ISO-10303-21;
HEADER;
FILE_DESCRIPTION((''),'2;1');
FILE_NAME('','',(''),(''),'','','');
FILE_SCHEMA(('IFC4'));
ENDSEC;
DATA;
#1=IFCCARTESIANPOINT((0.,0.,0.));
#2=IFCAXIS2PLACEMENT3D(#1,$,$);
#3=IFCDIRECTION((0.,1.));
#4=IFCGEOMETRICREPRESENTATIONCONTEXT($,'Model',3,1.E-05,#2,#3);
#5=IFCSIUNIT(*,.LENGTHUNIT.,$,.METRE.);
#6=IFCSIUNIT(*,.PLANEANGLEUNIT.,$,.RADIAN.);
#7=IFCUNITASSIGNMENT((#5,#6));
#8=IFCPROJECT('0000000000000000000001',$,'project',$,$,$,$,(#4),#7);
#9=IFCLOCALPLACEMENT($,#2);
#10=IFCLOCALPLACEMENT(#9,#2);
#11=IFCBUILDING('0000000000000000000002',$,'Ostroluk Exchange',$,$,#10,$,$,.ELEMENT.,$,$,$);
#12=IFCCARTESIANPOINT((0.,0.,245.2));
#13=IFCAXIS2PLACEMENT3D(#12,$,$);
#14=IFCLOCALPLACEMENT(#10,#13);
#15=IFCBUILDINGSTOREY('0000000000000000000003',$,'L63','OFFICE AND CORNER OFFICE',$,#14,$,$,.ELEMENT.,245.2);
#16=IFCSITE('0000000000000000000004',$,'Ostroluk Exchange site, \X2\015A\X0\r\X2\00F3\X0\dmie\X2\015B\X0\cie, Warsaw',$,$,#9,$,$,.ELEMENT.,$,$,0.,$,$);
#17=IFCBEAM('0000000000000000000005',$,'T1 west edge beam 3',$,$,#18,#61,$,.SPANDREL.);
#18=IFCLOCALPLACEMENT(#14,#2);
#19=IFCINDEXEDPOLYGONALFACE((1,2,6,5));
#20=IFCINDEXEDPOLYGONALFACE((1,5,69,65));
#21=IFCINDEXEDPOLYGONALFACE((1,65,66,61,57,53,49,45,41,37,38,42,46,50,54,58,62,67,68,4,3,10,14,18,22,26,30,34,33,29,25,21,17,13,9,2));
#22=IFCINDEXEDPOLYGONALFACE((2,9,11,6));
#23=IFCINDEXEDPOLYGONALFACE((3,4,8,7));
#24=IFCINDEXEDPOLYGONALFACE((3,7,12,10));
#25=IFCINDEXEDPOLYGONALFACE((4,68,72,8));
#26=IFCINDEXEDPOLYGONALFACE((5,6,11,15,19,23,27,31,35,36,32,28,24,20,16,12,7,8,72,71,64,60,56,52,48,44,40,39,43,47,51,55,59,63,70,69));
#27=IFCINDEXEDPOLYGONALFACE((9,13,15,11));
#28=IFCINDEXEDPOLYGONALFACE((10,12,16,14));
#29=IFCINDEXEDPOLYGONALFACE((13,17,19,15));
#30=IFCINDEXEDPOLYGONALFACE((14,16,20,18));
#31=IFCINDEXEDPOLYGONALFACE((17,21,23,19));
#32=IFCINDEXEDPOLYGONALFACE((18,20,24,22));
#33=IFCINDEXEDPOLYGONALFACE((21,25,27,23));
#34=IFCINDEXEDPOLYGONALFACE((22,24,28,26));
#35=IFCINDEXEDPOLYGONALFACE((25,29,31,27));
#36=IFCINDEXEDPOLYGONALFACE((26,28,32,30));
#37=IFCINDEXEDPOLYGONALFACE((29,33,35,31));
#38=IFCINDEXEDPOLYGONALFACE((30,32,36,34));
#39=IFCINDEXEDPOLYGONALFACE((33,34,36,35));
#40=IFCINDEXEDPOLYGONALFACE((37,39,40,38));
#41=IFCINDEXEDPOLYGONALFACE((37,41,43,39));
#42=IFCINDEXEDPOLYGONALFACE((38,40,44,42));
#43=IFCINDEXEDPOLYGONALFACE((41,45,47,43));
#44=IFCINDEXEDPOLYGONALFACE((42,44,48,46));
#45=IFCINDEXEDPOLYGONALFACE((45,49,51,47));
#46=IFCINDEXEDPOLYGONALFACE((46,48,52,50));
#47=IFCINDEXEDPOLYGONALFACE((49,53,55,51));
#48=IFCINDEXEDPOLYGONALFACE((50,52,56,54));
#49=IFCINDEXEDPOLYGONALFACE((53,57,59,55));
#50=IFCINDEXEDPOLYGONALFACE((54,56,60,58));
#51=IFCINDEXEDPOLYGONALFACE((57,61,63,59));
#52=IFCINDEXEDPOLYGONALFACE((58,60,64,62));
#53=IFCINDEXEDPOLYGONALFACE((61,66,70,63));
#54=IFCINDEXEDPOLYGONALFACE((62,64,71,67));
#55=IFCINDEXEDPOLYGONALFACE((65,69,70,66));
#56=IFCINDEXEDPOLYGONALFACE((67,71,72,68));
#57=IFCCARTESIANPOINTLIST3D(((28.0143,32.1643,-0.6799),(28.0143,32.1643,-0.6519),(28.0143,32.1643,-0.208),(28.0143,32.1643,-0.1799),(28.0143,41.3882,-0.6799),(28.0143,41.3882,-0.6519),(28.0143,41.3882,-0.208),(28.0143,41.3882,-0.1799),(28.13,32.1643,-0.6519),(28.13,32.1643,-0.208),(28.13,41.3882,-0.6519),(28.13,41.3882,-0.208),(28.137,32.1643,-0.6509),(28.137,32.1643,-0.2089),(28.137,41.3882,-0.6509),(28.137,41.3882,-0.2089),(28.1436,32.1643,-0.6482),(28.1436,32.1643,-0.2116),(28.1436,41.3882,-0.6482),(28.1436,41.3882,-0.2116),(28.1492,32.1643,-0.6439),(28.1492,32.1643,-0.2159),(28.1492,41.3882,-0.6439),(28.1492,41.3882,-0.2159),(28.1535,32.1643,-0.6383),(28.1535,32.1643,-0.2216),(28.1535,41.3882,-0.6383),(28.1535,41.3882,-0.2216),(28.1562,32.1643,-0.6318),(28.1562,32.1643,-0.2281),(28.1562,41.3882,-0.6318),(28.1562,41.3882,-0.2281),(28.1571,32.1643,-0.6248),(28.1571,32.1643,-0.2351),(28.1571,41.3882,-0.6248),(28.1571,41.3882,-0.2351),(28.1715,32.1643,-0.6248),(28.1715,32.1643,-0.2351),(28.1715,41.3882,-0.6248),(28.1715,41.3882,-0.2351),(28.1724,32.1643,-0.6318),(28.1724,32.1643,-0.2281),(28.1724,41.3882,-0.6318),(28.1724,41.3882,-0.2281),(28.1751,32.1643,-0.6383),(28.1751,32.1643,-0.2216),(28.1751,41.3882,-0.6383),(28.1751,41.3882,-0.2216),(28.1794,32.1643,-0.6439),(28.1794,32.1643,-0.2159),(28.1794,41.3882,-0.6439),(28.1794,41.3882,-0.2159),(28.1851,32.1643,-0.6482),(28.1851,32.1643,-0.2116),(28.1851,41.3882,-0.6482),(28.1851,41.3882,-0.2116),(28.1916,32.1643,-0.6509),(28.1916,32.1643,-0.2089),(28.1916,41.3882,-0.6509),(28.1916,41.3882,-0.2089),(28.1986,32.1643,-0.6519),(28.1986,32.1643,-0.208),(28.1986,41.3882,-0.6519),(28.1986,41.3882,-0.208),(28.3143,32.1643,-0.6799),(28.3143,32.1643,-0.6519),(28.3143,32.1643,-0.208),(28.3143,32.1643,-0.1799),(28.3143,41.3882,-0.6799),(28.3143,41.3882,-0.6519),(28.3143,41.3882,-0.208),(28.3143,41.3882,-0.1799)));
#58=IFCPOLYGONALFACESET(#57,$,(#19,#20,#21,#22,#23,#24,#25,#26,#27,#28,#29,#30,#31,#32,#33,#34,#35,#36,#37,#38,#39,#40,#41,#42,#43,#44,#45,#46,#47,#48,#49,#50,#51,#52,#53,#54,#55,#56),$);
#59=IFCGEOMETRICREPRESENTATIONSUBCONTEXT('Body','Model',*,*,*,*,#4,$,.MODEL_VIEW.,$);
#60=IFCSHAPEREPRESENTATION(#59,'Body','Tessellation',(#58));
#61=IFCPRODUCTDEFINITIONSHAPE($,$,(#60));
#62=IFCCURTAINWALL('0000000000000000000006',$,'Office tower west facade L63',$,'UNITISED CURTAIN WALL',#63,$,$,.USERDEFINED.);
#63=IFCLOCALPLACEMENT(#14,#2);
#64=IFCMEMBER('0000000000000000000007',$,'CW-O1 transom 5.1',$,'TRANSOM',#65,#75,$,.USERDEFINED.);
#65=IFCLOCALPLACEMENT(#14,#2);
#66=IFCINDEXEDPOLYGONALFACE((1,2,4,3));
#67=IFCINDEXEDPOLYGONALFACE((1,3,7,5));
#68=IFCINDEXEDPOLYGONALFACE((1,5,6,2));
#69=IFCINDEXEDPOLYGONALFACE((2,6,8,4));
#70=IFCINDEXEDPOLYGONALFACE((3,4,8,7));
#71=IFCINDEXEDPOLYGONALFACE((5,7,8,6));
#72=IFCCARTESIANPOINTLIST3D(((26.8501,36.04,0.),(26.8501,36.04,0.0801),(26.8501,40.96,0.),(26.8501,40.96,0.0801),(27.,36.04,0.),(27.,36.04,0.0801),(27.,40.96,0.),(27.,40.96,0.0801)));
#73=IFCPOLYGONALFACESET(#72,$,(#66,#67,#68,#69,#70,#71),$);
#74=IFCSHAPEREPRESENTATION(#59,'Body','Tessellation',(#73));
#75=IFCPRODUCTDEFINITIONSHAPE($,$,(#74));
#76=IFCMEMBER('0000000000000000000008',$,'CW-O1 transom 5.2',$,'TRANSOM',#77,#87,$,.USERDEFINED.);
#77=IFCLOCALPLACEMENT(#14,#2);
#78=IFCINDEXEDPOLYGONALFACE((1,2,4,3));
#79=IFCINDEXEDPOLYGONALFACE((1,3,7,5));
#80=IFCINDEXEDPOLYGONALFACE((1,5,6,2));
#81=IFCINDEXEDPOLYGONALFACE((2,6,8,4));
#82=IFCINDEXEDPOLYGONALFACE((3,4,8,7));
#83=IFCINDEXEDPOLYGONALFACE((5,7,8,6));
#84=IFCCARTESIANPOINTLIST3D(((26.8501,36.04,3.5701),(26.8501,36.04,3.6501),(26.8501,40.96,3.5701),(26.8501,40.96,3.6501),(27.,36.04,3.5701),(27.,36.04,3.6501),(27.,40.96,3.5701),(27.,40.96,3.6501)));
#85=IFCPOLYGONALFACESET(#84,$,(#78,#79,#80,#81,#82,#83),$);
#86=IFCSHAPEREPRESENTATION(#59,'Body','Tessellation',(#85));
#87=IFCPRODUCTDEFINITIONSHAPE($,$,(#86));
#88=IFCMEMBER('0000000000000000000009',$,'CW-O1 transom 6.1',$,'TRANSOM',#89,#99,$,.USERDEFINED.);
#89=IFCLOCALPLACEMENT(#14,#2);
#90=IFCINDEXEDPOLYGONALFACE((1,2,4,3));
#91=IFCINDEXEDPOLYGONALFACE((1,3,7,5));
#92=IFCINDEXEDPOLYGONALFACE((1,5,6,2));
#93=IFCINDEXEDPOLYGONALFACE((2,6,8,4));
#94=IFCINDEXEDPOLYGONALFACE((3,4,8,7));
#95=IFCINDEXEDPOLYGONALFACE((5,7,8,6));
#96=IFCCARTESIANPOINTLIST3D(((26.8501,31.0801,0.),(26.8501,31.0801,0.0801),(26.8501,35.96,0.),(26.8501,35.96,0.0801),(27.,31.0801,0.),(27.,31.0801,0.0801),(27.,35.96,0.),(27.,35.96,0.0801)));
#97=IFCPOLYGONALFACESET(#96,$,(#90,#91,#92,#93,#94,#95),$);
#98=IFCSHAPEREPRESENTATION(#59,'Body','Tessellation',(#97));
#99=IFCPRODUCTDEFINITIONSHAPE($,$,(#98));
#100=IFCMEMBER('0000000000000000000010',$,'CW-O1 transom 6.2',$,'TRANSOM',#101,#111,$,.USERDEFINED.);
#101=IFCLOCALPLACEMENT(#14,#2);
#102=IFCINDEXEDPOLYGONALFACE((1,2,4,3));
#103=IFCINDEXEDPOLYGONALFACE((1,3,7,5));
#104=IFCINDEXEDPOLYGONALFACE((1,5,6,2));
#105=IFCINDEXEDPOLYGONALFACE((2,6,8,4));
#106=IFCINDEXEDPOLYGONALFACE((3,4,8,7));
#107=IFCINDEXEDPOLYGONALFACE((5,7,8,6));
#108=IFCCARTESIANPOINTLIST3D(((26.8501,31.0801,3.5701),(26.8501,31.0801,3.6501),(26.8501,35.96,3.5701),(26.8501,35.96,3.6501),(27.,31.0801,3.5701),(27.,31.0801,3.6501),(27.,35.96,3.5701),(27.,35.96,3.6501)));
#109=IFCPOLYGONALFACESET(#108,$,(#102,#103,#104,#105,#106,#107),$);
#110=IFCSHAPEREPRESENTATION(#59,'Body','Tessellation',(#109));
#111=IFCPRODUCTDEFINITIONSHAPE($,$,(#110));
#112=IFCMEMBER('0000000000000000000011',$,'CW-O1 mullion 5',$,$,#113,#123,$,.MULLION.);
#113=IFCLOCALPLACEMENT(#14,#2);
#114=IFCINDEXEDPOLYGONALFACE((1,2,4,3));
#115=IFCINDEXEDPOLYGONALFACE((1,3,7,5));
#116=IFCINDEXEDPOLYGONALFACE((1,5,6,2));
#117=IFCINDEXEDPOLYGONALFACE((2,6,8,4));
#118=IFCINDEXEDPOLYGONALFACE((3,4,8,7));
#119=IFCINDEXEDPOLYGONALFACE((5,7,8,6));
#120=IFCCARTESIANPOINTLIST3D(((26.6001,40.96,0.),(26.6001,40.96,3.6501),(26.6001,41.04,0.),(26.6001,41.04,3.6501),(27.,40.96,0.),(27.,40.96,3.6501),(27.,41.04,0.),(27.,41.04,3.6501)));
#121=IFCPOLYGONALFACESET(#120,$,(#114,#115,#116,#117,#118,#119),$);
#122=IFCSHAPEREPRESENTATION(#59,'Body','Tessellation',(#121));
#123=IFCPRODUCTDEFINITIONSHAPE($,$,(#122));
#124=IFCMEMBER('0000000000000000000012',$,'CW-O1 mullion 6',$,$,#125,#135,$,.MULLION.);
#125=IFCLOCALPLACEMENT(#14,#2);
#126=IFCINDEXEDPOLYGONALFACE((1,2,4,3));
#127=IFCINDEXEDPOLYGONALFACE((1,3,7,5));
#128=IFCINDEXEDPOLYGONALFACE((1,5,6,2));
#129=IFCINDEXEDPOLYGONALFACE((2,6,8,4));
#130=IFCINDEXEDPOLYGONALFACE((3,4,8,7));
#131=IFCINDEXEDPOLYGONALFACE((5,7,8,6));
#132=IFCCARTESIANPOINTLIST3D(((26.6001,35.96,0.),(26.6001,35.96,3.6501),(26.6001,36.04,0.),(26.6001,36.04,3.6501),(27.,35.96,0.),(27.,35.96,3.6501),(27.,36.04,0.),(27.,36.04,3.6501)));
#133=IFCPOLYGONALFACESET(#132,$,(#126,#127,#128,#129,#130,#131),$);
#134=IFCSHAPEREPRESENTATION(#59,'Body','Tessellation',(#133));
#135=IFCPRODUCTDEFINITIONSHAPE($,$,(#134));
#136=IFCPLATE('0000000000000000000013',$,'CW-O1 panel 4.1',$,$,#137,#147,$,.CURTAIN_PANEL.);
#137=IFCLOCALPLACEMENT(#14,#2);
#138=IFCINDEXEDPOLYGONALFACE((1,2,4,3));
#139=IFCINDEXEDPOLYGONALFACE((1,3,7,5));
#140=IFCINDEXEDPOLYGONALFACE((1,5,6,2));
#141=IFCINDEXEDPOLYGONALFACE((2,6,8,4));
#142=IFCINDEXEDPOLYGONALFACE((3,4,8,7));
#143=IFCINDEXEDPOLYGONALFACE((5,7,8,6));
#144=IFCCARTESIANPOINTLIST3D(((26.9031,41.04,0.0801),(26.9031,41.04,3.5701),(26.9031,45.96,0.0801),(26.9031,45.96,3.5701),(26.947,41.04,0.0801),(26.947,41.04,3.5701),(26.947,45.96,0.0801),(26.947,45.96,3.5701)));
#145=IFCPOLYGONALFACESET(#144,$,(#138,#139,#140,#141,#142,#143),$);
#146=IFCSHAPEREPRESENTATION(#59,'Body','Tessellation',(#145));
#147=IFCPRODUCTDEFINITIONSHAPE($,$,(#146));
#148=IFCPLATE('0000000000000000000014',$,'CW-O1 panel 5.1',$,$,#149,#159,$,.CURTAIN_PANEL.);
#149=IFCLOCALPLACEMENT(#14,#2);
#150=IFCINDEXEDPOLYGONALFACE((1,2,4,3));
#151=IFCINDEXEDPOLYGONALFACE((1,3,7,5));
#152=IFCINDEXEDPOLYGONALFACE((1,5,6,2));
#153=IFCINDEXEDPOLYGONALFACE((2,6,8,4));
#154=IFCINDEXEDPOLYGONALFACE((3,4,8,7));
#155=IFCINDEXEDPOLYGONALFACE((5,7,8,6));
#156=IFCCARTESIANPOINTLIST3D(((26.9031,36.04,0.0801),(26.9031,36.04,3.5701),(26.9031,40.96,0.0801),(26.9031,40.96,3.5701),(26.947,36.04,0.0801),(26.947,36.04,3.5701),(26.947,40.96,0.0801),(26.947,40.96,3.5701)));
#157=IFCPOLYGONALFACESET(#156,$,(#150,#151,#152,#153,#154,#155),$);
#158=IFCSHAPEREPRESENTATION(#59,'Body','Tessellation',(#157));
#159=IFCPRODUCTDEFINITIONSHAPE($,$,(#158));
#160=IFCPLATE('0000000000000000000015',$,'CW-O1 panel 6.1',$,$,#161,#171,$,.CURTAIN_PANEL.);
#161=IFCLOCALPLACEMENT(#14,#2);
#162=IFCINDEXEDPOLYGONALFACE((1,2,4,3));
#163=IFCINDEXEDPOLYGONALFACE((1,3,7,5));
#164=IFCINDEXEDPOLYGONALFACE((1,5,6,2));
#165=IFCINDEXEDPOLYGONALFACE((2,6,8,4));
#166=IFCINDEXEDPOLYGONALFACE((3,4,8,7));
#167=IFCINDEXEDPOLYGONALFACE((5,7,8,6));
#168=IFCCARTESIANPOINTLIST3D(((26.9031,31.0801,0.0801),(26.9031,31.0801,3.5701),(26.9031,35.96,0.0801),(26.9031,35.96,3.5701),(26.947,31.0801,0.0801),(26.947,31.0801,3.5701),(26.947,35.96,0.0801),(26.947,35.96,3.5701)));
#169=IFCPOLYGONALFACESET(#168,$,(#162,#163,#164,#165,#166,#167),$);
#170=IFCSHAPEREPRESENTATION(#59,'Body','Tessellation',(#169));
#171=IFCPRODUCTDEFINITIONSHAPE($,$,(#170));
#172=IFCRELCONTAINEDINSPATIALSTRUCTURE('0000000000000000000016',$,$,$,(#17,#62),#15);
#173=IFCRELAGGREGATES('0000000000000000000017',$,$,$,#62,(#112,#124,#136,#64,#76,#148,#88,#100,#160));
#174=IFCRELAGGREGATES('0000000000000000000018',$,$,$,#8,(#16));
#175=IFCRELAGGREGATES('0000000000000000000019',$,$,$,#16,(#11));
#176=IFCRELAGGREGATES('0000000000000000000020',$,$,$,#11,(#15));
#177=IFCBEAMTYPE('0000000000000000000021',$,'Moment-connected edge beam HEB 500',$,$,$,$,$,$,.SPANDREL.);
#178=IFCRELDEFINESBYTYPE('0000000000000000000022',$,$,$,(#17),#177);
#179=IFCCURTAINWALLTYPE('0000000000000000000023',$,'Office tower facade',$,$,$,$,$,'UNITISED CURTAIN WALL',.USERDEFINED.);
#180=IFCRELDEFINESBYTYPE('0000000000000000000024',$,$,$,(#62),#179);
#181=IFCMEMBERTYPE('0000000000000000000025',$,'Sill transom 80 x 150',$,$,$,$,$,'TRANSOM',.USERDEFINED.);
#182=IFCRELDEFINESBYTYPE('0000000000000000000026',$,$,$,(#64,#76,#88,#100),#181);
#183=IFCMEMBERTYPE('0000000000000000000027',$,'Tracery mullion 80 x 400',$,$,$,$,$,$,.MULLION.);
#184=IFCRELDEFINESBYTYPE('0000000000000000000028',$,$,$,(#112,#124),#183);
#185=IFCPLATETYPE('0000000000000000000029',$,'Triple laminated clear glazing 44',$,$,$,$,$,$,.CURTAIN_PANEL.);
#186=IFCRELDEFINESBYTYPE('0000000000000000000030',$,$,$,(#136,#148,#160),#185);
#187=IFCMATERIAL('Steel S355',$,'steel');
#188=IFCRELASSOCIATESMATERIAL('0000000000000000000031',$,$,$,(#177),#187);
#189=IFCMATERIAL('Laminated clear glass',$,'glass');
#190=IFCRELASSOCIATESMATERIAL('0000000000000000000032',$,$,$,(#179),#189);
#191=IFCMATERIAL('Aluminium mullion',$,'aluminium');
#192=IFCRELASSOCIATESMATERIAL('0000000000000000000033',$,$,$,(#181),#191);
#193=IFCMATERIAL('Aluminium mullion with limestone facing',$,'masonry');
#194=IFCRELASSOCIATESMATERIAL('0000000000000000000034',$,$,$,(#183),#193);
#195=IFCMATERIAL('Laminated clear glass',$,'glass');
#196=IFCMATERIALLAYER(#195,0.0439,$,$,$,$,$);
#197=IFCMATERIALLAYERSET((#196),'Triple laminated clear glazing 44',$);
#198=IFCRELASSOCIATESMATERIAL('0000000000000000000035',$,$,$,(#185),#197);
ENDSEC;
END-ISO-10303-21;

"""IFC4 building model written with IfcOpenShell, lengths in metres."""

from ifc_helpers import new_model, si_unit, direction, frame, origin, origin_2d, place, context, subcontext, project, spatial, rectangle, i_section, extrude, material, layer, layer_set, material_profile, profile_set, type_object, element, aggregate, save


model = new_model("IFC4")

# Units and contexts
model_context = context("Model", 3, precision=1e-05, world=origin(), true_north=direction((0.0, 1.0)))
body_context = subcontext(model_context, "Body", "Model", "MODEL_VIEW")
ifc_project = project(units=[si_unit("LENGTHUNIT", "METRE"), si_unit("PLANEANGLEUNIT", "RADIAN")], contexts=[model_context])

# Site, building, storey
site_placement = place(None, origin())
site = spatial("IfcSite", under=ifc_project, at=site_placement, Name="Ostroluk Exchange site, Śródmieście, Warsaw", CompositionType="ELEMENT", RefElevation=0.0)
building_placement = place(site_placement, origin())
building = spatial("IfcBuilding", under=site, at=building_placement, Name="Ostroluk Exchange", CompositionType="ELEMENT")
storey_placement = place(building_placement, frame((0.0, 0.0, 245.2)))
storey = spatial("IfcBuildingStorey", under=building, at=storey_placement, Name="L63", Description="OFFICE AND CORNER OFFICE", CompositionType="ELEMENT", Elevation=245.2)

# Beam
ifc_material_1 = material(Name="Steel S355", Category="steel")
ifc_material_profile_1 = material_profile(ifc_material_1, i_section(OverallWidth=0.3, OverallDepth=0.5, WebThickness=0.0144, FlangeThickness=0.0281, FilletRadius=0.0271, at=origin_2d()), Name="HEB 500")
ifc_profile_set_1 = profile_set([ifc_material_profile_1], Name="Steel S355")
beam_type_1 = type_object("IfcBeamType", Name="Moment-connected edge beam HEB 500", PredefinedType="SPANDREL", material=ifc_profile_set_1)
beam_1_placement = place(storey_placement, frame((28.1643, 41.3882, -0.4299), z_axis=(0.0, -1.0, 0.0), x_axis=(1.0, 0.0, 0.0)))
element("IfcBeam", 1, at=beam_1_placement, inside=storey, type_object=beam_type_1, Name="T1 west edge beam 3", PredefinedType="SPANDREL", context=body_context, shape_type="SweptSolid", body=[
    extrude(i_section(OverallWidth=0.3, OverallDepth=0.5, WebThickness=0.0144, FlangeThickness=0.0281, FilletRadius=0.0271, at=origin_2d()), origin(), (0.0, 0.0, 1.0), 9.2239),
])

# Curtain wall, members, plates
ifc_material_2 = material(Name="Laminated clear glass", Category="glass")
curtain_wall_type = type_object("IfcCurtainWallType", Name="Office tower facade", ElementType="UNITISED CURTAIN WALL", PredefinedType="USERDEFINED", material=ifc_material_2)
curtain_wall_placement = place(storey_placement, origin())
curtain_wall = element("IfcCurtainWall", 2, at=curtain_wall_placement, inside=storey, type_object=curtain_wall_type, Name="Office tower west facade L63", ObjectType="UNITISED CURTAIN WALL", PredefinedType="USERDEFINED")
ifc_material_3 = material(Name="Aluminium mullion", Category="aluminium")
ifc_material_profile_2 = material_profile(ifc_material_3, rectangle(XDim=0.1499, YDim=0.0801, at=origin_2d()), Name="Sill transom 80 x 150")
ifc_profile_set_2 = profile_set([ifc_material_profile_2], Name="Aluminium mullion")
member_type_1 = type_object("IfcMemberType", Name="Sill transom 80 x 150", ElementType="TRANSOM", PredefinedType="USERDEFINED", material=ifc_profile_set_2)
member_1_placement = place(storey_placement, frame((26.925, 40.96, 0.04), z_axis=(0.0, -1.0, 0.0), x_axis=(1.0, 0.0, 0.0)))
member_1 = element("IfcMember", 3, at=member_1_placement, type_object=member_type_1, Name="CW-O1 transom 5.1", ObjectType="TRANSOM", PredefinedType="USERDEFINED", context=body_context, shape_type="SweptSolid", body=[
    extrude(rectangle(XDim=0.1499, YDim=0.0801, at=origin_2d()), origin(), (0.0, 0.0, 1.0), 4.9199),
])
member_2_placement = place(storey_placement, frame((26.925, 40.96, 3.6101), z_axis=(0.0, -1.0, 0.0), x_axis=(1.0, 0.0, 0.0)))
member_2 = element("IfcMember", 4, at=member_2_placement, type_object=member_type_1, Name="CW-O1 transom 5.2", ObjectType="TRANSOM", PredefinedType="USERDEFINED", context=body_context, shape_type="SweptSolid", body=[
    extrude(rectangle(XDim=0.1499, YDim=0.0801, at=origin_2d()), origin(), (0.0, 0.0, 1.0), 4.9199),
])
member_3_placement = place(storey_placement, frame((26.925, 35.96, 0.04), z_axis=(0.0, -1.0, 0.0), x_axis=(1.0, 0.0, 0.0)))
member_3 = element("IfcMember", 5, at=member_3_placement, type_object=member_type_1, Name="CW-O1 transom 6.1", ObjectType="TRANSOM", PredefinedType="USERDEFINED", context=body_context, shape_type="SweptSolid", body=[
    extrude(rectangle(XDim=0.1499, YDim=0.0801, at=origin_2d()), origin(), (0.0, 0.0, 1.0), 4.8799),
])
member_4_placement = place(storey_placement, frame((26.925, 35.96, 3.6101), z_axis=(0.0, -1.0, 0.0), x_axis=(1.0, 0.0, 0.0)))
member_4 = element("IfcMember", 6, at=member_4_placement, type_object=member_type_1, Name="CW-O1 transom 6.2", ObjectType="TRANSOM", PredefinedType="USERDEFINED", context=body_context, shape_type="SweptSolid", body=[
    extrude(rectangle(XDim=0.1499, YDim=0.0801, at=origin_2d()), origin(), (0.0, 0.0, 1.0), 4.8799),
])
ifc_material_4 = material(Name="Aluminium mullion with limestone facing", Category="masonry")
ifc_material_profile_3 = material_profile(ifc_material_4, rectangle(XDim=0.3999, YDim=0.0801, at=origin_2d()), Name="Tracery mullion 80 x 400")
ifc_profile_set_3 = profile_set([ifc_material_profile_3], Name="Aluminium mullion with limestone facing")
member_type_2 = type_object("IfcMemberType", Name="Tracery mullion 80 x 400", PredefinedType="MULLION", material=ifc_profile_set_3)
member_5_placement = place(storey_placement, frame((26.8, 41.0, 0.0), z_axis=(0.0, 0.0, 1.0), x_axis=(1.0, 0.0, 0.0)))
member_5 = element("IfcMember", 7, at=member_5_placement, type_object=member_type_2, Name="CW-O1 mullion 5", PredefinedType="MULLION", context=body_context, shape_type="SweptSolid", body=[
    extrude(rectangle(XDim=0.3999, YDim=0.0801, at=origin_2d()), origin(), (0.0, 0.0, 1.0), 3.6501),
])
member_6_placement = place(storey_placement, frame((26.8, 36.0, 0.0), z_axis=(0.0, 0.0, 1.0), x_axis=(1.0, 0.0, 0.0)))
member_6 = element("IfcMember", 8, at=member_6_placement, type_object=member_type_2, Name="CW-O1 mullion 6", PredefinedType="MULLION", context=body_context, shape_type="SweptSolid", body=[
    extrude(rectangle(XDim=0.3999, YDim=0.0801, at=origin_2d()), origin(), (0.0, 0.0, 1.0), 3.6501),
])
ifc_material_5 = material(Name="Laminated clear glass", Category="glass")
ifc_layer_1 = layer(ifc_material_5, 0.0439)
ifc_layer_set_1 = layer_set([ifc_layer_1], Name="Triple laminated clear glazing 44")
plate_type = type_object("IfcPlateType", Name="Triple laminated clear glazing 44", PredefinedType="CURTAIN_PANEL", material=ifc_layer_set_1)
plate_1_placement = place(storey_placement, frame((26.925, 43.5, 0.0801), z_axis=(0.0, 0.0, 1.0), x_axis=(0.0, -1.0, 0.0)))
plate_1 = element("IfcPlate", 9, at=plate_1_placement, type_object=plate_type, Name="CW-O1 panel 4.1", PredefinedType="CURTAIN_PANEL", context=body_context, shape_type="SweptSolid", body=[
    extrude(rectangle(XDim=4.9199, YDim=0.0439, at=origin_2d()), origin(), (0.0, 0.0, 1.0), 3.49),
])
plate_2_placement = place(storey_placement, frame((26.925, 38.5, 0.0801), z_axis=(0.0, 0.0, 1.0), x_axis=(0.0, -1.0, 0.0)))
plate_2 = element("IfcPlate", 10, at=plate_2_placement, type_object=plate_type, Name="CW-O1 panel 5.1", PredefinedType="CURTAIN_PANEL", context=body_context, shape_type="SweptSolid", body=[
    extrude(rectangle(XDim=4.9199, YDim=0.0439, at=origin_2d()), origin(), (0.0, 0.0, 1.0), 3.49),
])
plate_3_placement = place(storey_placement, frame((26.925, 33.52, 0.0801), z_axis=(0.0, 0.0, 1.0), x_axis=(0.0, -1.0, 0.0)))
plate_3 = element("IfcPlate", 11, at=plate_3_placement, type_object=plate_type, Name="CW-O1 panel 6.1", PredefinedType="CURTAIN_PANEL", context=body_context, shape_type="SweptSolid", body=[
    extrude(rectangle(XDim=4.8799, YDim=0.0439, at=origin_2d()), origin(), (0.0, 0.0, 1.0), 3.49),
])
aggregate(curtain_wall, [member_5, member_6, plate_1, member_1, member_2, plate_2, member_3, member_4, plate_3])

save(model, "model.ifc")
